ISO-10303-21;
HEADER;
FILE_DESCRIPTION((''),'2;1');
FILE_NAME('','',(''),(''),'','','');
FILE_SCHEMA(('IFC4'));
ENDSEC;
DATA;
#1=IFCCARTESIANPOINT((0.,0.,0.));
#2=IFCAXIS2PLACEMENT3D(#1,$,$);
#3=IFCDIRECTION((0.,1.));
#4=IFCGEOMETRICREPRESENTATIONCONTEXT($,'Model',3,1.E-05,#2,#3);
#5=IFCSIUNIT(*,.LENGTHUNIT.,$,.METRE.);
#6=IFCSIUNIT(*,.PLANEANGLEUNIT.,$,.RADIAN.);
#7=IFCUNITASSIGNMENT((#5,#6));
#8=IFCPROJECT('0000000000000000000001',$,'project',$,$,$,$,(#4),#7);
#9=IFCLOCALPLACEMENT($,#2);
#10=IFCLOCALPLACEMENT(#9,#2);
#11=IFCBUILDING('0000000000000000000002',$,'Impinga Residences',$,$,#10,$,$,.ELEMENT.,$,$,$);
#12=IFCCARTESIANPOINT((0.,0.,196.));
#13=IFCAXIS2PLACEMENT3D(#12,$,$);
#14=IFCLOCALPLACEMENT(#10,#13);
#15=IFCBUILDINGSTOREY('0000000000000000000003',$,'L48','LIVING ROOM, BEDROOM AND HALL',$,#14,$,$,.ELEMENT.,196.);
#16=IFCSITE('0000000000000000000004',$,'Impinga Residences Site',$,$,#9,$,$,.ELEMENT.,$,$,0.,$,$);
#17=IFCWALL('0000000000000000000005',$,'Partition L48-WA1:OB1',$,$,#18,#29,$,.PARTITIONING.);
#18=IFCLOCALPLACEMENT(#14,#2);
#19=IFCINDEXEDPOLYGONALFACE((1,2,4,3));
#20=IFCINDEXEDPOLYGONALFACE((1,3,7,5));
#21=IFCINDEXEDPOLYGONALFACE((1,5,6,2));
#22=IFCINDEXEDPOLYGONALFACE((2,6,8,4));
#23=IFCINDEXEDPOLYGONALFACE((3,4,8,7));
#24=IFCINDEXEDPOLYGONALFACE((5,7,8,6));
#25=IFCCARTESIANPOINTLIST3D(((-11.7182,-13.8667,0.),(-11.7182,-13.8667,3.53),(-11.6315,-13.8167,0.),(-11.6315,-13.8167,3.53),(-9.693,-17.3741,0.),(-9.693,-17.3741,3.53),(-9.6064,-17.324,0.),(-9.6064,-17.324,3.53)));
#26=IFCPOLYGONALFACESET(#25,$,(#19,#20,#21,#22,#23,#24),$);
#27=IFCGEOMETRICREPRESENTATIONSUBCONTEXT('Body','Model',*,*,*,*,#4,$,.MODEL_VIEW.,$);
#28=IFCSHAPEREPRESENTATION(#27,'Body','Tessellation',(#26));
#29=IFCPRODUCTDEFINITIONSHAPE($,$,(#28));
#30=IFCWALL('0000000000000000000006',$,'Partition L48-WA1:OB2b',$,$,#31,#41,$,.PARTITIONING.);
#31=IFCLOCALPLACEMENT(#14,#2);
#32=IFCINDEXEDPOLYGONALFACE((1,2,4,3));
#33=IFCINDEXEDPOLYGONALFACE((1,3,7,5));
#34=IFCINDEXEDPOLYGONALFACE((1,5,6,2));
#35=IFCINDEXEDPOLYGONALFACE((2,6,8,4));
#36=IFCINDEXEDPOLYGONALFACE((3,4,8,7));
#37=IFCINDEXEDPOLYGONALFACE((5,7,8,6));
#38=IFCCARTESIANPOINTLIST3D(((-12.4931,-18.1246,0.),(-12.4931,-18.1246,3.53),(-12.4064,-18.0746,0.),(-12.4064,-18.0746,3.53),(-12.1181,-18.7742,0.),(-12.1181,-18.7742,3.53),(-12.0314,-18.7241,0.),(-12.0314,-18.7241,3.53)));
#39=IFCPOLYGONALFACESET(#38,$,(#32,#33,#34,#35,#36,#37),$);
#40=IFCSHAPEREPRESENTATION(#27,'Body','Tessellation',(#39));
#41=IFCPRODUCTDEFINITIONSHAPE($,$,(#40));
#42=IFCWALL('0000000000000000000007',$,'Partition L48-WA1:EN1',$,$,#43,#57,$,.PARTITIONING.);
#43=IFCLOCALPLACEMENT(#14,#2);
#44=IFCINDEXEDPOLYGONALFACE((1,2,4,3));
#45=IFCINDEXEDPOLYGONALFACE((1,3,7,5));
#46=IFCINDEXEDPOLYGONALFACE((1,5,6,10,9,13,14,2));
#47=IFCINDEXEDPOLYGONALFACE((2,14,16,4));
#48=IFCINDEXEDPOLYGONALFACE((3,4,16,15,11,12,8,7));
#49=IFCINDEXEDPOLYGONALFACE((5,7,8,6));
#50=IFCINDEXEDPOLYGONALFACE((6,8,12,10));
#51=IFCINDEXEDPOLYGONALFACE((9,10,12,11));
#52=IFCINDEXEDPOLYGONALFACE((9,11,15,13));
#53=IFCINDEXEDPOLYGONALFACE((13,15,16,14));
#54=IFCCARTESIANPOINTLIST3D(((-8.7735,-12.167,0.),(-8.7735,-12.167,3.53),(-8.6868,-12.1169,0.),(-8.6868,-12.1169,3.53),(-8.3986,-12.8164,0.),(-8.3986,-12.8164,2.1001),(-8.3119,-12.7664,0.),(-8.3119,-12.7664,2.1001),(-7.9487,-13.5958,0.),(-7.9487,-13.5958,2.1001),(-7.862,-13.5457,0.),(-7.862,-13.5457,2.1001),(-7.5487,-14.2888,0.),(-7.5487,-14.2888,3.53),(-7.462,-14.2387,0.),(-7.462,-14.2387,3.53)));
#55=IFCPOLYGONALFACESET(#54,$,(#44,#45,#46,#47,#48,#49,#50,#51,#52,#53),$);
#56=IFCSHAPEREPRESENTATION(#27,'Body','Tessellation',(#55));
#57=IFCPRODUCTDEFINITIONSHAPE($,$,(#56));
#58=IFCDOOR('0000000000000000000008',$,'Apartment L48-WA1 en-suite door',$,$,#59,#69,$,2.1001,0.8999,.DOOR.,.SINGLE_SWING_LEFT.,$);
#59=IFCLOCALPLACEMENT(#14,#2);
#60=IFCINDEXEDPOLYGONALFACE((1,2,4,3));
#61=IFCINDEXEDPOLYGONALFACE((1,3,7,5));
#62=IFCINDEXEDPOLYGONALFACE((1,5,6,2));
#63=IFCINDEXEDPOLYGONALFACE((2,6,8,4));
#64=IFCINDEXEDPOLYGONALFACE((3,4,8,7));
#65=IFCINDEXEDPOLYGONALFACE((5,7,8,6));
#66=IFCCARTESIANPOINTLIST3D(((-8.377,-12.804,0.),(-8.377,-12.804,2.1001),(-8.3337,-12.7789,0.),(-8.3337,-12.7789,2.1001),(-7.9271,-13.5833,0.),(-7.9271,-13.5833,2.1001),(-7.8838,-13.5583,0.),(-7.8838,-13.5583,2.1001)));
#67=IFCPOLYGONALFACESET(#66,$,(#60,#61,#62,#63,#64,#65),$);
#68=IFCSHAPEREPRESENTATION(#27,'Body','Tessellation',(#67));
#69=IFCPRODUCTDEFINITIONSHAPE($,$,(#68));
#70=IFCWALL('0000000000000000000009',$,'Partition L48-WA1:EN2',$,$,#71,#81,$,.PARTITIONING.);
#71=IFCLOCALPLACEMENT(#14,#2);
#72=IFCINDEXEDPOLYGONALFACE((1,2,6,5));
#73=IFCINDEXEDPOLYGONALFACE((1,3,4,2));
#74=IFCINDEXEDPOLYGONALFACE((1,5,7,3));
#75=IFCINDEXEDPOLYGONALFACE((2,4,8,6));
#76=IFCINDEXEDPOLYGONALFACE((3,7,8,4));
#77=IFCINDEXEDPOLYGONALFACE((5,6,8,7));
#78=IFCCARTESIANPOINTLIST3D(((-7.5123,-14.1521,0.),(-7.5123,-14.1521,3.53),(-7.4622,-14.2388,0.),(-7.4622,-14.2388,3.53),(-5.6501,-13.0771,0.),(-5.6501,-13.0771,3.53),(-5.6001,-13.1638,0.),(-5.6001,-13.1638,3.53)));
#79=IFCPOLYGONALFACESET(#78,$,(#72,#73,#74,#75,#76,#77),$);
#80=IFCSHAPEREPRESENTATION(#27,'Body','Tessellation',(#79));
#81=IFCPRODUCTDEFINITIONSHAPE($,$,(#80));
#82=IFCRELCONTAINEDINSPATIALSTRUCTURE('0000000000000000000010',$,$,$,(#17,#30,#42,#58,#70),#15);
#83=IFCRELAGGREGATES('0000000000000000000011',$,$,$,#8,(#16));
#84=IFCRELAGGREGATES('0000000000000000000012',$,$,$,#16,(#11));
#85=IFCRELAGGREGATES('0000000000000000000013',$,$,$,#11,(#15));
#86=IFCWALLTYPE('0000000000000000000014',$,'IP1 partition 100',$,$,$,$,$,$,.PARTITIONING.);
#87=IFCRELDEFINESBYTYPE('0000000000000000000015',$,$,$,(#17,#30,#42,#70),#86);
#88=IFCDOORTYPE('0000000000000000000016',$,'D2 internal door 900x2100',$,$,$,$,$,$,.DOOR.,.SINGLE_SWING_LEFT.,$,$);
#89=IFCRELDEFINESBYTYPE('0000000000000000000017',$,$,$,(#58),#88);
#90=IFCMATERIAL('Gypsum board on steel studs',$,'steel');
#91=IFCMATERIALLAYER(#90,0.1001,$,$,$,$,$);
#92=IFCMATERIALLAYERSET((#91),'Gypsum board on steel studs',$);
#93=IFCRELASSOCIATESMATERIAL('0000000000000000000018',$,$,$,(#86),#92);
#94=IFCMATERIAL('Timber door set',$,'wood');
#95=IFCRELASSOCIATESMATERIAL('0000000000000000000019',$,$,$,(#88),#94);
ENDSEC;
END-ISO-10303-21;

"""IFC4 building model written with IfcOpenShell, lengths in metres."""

from ifc_helpers import new_model, si_unit, direction, frame, frame_2d, origin, place, context, subcontext, project, spatial, rectangle, extrude, material, layer, layer_set, type_object, element, fill, save


model = new_model("IFC4")

# Units and contexts
model_context = context("Model", 3, precision=1e-05, world=origin(), true_north=direction((0.0, 1.0)))
body_context = subcontext(model_context, "Body", "Model", "MODEL_VIEW")
ifc_project = project(units=[si_unit("LENGTHUNIT", "METRE"), si_unit("PLANEANGLEUNIT", "RADIAN")], contexts=[model_context])

# Site, building, storey
site_placement = place(None, origin())
site = spatial("IfcSite", under=ifc_project, at=site_placement, Name="Impinga Residences Site", CompositionType="ELEMENT", RefElevation=0.0)
building_placement = place(site_placement, origin())
building = spatial("IfcBuilding", under=site, at=building_placement, Name="Impinga Residences", CompositionType="ELEMENT")
storey_placement = place(building_placement, frame((0.0, 0.0, 196.0)))
storey = spatial("IfcBuildingStorey", under=building, at=storey_placement, Name="L48", Description="LIVING ROOM, BEDROOM AND HALL", CompositionType="ELEMENT", Elevation=196.0)

# Walls
ifc_material_1 = material(Name="Gypsum board on steel studs", Category="steel")
ifc_layer_1 = layer(ifc_material_1, 0.1001)
ifc_layer_set_1 = layer_set([ifc_layer_1], Name="Gypsum board on steel studs")
wall_type_1 = type_object("IfcWallType", Name="IP1 partition 100", PredefinedType="PARTITIONING", material=ifc_layer_set_1)
wall_1_placement = place(storey_placement, frame((-11.6748, -13.8418, 0.0), z_axis=(0.0, 0.0, 1.0), x_axis=(0.500036, -0.866005, 0.0)))
element("IfcWall", 1, at=wall_1_placement, inside=storey, type_object=wall_type_1, Name="Partition L48-WA1:OB1", PredefinedType="PARTITIONING", context=body_context, shape_type="SweptSolid", body=[
    extrude(rectangle(XDim=4.05, YDim=0.1001, at=frame_2d((2.0249, 0.0))), origin(), (0.0, 0.0, 1.0), 3.53),
])
wall_2_placement = place(storey_placement, frame((-12.4497, -18.0996, 0.0), z_axis=(0.0, 0.0, 1.0), x_axis=(0.49992, -0.866072, 0.0)))
element("IfcWall", 2, at=wall_2_placement, inside=storey, type_object=wall_type_1, Name="Partition L48-WA1:OB2b", PredefinedType="PARTITIONING", context=body_context, shape_type="SweptSolid", body=[
    extrude(rectangle(XDim=0.75, YDim=0.1001, at=frame_2d((0.375, 0.0))), origin(), (0.0, 0.0, 1.0), 3.53),
])

# Wall, opening, door
wall_3_placement = place(storey_placement, frame((-8.7302, -12.1418, 0.0), z_axis=(0.0, 0.0, 1.0), x_axis=(0.499944, -0.866058, 0.0)))
wall_3 = element("IfcWall", 3, at=wall_3_placement, inside=storey, type_object=wall_type_1, Name="Partition L48-WA1:EN1", PredefinedType="PARTITIONING", context=body_context, shape_type="SweptSolid", body=[
    extrude(rectangle(XDim=2.45, YDim=0.1001, at=frame_2d((1.2251, 0.0))), origin(), (0.0, 0.0, 1.0), 3.53),
])
opening_1_placement = place(wall_3_placement, frame((0.75, 0.0, 0.0)))
opening_1 = element("IfcOpeningElement", 4, at=opening_1_placement, cuts=wall_3, PredefinedType="OPENING", context=body_context, shape_type="SweptSolid", body=[
    extrude(rectangle(XDim=0.8999, YDim=2.1001, at=frame_2d((0.45, 1.05))), frame((0.0, 0.0601, 0.0), z_axis=(0.0, -1.0, 0.0), x_axis=(1.0, 0.0, 0.0)), (0.0, 0.0, 1.0), 0.1201),
])
ifc_material_2 = material(Name="Timber door set", Category="wood")
door_type = type_object("IfcDoorType", Name="D2 internal door 900x2100", OperationType="SINGLE_SWING_LEFT", PredefinedType="DOOR", material=ifc_material_2)
door_placement = place(opening_1_placement, origin())
door = element("IfcDoor", 5, at=door_placement, inside=storey, type_object=door_type, Name="Apartment L48-WA1 en-suite door", OperationType="SINGLE_SWING_LEFT", OverallHeight=2.1001, OverallWidth=0.8999, PredefinedType="DOOR", context=body_context, shape_type="SweptSolid", body=[
    extrude(rectangle(XDim=0.8999, YDim=2.1001, at=frame_2d((0.45, 1.05))), frame((0.0, 0.0249, 0.0), z_axis=(0.0, -1.0, 0.0), x_axis=(1.0, 0.0, 0.0)), (0.0, 0.0, 1.0), 0.05),
])
fill(opening_1, door)

# Wall
wall_4_placement = place(storey_placement, frame((-5.625, -13.1204, 0.0), z_axis=(0.0, 0.0, 1.0), x_axis=(-0.866048, -0.499962, 0.0)))
element("IfcWall", 6, at=wall_4_placement, inside=storey, type_object=wall_type_1, Name="Partition L48-WA1:EN2", PredefinedType="PARTITIONING", context=body_context, shape_type="SweptSolid", body=[
    extrude(rectangle(XDim=2.1501, YDim=0.1001, at=frame_2d((1.0752, 0.0))), origin(), (0.0, 0.0, 1.0), 3.53),
])

save(model, "model.ifc")
